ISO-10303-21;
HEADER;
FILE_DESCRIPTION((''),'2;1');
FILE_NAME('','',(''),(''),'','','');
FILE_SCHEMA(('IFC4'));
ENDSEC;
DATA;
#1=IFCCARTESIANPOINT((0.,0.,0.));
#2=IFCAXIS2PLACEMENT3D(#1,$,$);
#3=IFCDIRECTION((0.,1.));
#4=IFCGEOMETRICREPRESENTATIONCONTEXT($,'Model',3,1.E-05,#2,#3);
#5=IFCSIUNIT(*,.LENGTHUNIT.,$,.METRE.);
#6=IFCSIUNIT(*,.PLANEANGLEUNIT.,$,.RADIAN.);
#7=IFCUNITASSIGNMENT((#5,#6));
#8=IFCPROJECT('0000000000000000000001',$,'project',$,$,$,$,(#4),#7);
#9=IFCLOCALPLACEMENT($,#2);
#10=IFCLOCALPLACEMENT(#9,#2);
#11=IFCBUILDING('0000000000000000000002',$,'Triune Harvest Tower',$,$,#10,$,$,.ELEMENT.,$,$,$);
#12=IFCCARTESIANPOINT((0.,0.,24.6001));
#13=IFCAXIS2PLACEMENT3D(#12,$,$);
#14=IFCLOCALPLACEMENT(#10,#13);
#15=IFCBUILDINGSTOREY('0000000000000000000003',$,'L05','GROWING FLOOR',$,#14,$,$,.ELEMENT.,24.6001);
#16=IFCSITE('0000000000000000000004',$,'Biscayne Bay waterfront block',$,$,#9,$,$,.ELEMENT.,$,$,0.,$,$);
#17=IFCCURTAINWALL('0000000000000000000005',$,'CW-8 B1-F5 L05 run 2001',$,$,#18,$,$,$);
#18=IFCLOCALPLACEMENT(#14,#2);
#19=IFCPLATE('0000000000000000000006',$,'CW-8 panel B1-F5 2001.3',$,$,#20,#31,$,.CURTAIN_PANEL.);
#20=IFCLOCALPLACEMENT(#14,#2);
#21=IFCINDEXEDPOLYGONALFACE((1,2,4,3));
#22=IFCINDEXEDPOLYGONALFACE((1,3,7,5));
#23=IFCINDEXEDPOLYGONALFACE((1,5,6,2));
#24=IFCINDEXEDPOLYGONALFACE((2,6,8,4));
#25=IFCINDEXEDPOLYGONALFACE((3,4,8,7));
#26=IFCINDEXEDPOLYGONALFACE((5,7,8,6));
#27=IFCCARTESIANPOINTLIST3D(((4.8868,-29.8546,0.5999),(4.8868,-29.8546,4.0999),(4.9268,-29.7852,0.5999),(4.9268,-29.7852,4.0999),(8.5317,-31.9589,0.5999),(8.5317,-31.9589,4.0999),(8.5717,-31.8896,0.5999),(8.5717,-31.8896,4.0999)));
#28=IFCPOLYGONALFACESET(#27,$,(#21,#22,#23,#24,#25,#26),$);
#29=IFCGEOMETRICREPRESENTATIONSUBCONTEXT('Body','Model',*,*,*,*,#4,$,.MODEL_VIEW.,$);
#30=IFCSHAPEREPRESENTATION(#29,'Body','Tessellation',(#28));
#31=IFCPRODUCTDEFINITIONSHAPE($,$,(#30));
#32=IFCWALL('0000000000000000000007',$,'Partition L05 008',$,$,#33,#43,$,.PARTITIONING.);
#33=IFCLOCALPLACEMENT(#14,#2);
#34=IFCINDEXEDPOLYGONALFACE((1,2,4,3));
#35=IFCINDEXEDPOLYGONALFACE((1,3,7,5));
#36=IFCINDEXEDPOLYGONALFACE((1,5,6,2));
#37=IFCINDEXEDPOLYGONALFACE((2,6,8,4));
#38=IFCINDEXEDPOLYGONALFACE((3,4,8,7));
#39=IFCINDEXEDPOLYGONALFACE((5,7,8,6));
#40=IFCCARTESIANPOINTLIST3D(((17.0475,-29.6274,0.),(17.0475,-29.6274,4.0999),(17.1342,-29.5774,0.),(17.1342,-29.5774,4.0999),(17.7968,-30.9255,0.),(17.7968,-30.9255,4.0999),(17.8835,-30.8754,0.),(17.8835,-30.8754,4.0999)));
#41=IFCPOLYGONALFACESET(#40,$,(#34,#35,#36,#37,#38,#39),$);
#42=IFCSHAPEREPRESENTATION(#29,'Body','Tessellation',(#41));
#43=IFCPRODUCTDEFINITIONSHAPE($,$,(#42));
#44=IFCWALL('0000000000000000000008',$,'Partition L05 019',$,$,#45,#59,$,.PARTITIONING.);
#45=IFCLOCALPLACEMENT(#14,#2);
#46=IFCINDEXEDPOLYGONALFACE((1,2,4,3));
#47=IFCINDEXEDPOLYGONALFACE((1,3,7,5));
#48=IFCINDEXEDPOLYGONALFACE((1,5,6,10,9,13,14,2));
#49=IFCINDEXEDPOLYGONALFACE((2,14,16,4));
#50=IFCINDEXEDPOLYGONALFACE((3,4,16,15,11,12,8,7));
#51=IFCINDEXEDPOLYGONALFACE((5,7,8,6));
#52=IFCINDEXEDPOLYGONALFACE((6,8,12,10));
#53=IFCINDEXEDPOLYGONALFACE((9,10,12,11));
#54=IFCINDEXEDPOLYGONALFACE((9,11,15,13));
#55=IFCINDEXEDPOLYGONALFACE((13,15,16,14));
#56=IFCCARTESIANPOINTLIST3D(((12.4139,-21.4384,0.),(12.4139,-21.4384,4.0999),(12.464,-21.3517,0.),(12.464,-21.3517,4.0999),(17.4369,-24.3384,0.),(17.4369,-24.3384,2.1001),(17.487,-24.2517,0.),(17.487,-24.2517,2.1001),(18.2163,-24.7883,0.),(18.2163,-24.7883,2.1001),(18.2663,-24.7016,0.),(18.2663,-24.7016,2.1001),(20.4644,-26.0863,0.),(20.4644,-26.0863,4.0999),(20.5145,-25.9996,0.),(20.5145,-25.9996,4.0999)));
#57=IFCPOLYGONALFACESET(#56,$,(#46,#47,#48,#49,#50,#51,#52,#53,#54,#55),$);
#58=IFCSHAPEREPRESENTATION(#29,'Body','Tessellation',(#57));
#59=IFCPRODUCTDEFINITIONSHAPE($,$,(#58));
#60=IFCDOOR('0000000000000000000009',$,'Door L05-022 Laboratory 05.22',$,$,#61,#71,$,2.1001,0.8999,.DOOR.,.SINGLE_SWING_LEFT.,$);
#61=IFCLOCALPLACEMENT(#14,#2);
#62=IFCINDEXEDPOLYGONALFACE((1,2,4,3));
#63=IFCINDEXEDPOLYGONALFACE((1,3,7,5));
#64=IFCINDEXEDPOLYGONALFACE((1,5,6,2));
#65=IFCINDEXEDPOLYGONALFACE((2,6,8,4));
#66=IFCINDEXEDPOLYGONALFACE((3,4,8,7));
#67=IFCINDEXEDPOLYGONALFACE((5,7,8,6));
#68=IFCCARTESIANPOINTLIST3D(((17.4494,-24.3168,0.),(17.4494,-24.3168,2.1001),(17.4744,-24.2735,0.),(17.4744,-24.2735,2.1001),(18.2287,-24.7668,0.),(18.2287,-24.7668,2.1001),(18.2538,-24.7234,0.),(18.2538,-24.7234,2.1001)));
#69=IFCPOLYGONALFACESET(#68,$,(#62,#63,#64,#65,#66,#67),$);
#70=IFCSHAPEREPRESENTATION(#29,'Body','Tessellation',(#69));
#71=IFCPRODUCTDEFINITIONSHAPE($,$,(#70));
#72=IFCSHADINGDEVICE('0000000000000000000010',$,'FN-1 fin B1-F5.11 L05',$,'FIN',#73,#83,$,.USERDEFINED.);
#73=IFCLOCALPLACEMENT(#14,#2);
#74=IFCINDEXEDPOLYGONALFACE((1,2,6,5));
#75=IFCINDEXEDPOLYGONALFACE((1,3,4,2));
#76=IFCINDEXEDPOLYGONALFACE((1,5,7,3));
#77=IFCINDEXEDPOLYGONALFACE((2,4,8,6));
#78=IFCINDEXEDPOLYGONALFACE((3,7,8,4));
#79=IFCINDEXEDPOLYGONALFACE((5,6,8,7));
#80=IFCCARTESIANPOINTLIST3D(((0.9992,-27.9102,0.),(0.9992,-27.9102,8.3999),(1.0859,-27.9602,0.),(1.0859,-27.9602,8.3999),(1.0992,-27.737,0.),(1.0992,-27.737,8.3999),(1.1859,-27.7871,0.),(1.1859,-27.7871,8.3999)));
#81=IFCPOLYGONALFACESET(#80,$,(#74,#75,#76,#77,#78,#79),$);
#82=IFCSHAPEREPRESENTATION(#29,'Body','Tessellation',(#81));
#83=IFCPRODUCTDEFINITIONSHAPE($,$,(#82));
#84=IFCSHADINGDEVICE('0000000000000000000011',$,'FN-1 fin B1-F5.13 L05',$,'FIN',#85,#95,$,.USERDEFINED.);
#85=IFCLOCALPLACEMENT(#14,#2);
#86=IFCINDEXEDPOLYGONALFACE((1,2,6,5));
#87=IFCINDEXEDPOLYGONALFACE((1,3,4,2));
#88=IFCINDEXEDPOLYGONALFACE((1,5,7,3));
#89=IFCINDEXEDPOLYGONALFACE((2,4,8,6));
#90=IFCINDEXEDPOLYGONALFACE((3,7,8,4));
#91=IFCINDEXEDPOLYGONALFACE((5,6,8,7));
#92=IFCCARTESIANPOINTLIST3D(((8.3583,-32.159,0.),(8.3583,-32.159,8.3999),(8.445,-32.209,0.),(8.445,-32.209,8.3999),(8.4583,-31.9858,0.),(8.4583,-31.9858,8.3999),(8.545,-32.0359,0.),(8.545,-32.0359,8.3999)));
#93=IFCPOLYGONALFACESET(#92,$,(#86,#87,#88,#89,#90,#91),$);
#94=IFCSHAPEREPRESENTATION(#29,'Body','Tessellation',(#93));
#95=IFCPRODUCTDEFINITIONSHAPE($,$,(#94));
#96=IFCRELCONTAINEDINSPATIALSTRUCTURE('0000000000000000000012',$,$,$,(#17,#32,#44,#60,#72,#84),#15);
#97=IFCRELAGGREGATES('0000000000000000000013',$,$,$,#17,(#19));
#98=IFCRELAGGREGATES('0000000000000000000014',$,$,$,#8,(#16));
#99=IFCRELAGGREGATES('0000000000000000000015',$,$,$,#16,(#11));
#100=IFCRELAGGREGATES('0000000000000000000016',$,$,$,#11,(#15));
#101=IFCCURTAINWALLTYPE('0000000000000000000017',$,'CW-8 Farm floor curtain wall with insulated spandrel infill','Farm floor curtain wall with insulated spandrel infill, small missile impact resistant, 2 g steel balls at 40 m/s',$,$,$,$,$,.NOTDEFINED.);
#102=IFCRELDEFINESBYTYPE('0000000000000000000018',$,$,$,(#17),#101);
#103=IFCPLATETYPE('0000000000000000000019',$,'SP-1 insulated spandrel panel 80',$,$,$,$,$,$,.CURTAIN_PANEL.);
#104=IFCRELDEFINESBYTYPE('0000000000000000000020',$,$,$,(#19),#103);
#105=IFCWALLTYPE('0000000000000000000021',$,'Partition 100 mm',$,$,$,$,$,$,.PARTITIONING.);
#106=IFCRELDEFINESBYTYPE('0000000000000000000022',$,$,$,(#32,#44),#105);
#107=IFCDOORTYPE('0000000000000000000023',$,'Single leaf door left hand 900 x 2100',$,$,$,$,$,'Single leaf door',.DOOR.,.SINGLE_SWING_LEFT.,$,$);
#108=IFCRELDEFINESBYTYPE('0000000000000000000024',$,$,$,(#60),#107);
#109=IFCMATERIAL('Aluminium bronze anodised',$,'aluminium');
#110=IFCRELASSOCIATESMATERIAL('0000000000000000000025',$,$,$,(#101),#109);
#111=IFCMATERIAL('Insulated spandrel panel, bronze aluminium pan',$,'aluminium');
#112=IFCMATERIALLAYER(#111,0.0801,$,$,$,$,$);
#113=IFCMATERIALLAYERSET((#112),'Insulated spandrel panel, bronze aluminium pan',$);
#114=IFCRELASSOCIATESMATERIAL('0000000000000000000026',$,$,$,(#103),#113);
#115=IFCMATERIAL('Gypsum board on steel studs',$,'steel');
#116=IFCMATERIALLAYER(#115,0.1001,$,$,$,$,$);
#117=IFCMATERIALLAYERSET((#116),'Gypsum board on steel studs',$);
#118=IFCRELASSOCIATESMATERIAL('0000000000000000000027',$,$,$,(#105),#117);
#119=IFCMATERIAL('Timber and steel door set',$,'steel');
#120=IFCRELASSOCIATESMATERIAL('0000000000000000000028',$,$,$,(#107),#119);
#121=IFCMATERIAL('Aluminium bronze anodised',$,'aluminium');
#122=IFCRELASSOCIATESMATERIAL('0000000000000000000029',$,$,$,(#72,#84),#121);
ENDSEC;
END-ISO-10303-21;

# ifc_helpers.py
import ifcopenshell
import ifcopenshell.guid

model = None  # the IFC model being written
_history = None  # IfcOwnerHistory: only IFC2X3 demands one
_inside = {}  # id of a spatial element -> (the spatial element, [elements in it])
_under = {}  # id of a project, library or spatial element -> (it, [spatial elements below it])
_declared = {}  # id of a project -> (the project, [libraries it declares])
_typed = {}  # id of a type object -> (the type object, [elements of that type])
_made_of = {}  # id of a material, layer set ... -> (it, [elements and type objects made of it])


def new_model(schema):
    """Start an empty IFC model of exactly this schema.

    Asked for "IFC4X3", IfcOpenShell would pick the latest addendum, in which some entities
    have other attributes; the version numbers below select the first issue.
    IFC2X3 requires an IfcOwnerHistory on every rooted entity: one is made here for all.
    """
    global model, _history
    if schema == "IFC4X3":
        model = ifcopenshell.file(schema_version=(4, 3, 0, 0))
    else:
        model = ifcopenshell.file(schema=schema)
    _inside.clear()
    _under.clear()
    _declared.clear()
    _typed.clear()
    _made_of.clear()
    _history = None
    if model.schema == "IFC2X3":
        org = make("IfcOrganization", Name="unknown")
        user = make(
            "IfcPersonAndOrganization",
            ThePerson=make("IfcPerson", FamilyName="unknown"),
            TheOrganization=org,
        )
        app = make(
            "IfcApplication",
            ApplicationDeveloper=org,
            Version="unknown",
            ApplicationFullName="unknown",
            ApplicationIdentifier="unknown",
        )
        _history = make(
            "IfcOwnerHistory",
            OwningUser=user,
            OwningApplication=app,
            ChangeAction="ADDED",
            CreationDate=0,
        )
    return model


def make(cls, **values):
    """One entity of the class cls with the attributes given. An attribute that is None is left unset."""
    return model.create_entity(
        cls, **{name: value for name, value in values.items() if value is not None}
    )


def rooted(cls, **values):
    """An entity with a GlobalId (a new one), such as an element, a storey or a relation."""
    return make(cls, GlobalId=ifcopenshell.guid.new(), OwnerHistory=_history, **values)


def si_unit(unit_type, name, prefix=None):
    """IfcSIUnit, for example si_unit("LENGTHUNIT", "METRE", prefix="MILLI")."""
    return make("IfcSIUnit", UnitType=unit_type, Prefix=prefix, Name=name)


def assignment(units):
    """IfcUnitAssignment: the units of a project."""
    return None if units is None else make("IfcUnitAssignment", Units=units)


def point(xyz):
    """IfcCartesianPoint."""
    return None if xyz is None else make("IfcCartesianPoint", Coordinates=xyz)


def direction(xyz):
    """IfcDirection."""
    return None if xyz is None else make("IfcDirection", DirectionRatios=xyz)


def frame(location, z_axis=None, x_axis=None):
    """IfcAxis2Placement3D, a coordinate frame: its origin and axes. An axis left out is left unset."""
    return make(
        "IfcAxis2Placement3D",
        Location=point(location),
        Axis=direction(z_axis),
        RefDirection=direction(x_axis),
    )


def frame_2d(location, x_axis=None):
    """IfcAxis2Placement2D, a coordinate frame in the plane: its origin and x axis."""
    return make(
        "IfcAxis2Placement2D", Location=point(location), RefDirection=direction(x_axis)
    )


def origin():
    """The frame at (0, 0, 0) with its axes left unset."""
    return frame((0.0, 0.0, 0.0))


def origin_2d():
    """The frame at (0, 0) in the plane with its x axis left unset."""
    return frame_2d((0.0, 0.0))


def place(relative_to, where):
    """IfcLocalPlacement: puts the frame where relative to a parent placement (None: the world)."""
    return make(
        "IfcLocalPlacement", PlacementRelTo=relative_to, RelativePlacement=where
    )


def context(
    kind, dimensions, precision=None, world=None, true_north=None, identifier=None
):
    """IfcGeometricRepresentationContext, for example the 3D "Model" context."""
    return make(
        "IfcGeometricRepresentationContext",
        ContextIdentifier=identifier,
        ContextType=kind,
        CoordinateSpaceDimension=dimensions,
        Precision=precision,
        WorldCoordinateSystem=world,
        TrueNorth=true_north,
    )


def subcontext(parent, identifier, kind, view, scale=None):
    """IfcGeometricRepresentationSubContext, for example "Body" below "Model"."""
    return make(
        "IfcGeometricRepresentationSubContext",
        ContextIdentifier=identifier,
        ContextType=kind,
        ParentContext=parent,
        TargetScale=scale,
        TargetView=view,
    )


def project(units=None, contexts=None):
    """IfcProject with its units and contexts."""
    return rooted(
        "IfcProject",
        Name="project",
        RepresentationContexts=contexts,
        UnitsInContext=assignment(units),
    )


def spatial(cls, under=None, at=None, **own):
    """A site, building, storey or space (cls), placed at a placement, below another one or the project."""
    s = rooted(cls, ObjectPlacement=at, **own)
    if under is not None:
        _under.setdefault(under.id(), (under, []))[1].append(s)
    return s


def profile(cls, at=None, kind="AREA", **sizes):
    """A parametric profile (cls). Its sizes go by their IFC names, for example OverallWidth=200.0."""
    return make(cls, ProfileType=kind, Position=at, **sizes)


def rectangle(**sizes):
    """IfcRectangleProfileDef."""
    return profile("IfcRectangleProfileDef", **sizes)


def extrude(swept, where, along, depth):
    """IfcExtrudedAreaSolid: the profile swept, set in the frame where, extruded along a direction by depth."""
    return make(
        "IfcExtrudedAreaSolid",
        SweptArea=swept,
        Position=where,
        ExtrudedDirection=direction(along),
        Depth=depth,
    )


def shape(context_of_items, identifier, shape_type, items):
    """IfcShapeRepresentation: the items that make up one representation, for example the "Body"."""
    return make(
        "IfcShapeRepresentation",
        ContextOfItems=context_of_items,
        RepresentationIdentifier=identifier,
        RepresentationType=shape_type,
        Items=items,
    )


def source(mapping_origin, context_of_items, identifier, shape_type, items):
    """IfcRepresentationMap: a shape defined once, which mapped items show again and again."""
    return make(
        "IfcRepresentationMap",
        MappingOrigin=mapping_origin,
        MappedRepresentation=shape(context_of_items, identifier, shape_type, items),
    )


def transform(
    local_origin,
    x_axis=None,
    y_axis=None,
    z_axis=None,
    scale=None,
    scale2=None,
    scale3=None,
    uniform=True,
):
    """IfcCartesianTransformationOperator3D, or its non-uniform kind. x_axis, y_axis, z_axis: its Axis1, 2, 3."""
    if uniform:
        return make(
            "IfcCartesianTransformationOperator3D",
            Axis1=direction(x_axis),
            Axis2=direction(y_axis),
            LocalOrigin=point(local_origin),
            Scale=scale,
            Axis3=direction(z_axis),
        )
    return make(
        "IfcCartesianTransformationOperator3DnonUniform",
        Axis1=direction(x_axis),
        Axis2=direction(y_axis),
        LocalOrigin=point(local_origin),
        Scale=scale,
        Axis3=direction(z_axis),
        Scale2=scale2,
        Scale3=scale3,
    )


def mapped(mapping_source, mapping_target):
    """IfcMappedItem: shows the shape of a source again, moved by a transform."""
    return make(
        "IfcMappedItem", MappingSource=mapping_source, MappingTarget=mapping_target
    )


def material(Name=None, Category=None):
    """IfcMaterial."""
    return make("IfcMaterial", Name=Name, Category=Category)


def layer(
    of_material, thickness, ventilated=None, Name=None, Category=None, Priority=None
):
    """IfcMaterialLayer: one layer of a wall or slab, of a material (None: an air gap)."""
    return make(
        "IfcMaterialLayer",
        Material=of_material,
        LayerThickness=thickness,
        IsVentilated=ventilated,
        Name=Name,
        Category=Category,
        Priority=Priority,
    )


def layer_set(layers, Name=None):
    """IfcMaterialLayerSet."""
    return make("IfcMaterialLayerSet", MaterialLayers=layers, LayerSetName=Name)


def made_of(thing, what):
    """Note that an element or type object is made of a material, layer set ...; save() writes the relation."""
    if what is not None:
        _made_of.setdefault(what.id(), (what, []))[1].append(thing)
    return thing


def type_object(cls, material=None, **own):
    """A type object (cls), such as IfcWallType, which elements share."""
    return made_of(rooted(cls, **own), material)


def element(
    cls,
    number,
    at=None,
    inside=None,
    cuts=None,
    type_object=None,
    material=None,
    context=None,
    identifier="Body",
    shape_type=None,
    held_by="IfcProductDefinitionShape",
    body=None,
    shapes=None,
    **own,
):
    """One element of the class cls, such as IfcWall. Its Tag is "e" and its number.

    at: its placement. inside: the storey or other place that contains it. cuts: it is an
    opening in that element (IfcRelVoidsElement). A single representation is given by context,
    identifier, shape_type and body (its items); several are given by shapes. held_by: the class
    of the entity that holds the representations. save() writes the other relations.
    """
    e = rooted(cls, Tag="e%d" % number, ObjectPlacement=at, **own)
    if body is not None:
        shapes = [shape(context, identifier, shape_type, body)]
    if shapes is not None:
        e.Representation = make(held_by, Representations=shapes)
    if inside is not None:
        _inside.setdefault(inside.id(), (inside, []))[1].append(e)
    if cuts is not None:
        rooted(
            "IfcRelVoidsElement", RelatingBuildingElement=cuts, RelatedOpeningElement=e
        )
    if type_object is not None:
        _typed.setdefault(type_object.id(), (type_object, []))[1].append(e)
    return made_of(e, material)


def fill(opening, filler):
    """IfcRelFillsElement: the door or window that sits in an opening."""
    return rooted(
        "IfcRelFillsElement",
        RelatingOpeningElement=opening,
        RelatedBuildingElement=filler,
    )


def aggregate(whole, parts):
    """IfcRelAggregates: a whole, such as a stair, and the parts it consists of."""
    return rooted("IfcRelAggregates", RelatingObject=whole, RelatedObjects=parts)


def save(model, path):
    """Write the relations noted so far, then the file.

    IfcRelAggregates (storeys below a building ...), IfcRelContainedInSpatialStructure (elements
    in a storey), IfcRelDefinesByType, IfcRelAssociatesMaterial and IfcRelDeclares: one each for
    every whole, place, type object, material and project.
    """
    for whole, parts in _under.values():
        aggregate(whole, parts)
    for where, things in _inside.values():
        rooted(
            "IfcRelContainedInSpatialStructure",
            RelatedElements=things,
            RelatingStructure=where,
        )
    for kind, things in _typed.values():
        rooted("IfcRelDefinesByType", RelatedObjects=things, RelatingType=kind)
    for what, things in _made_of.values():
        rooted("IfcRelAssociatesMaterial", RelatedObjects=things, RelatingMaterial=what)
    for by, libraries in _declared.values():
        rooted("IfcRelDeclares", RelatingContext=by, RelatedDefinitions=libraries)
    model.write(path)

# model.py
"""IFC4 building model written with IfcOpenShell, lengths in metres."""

from ifc_helpers import new_model, si_unit, direction, frame, frame_2d, origin, origin_2d, place, context, subcontext, project, spatial, rectangle, extrude, source, transform, mapped, material, layer, layer_set, type_object, element, fill, aggregate, save


model = new_model("IFC4")

# Units and contexts
model_context = context("Model", 3, precision=1e-05, world=origin(), true_north=direction((0.0, 1.0)))
body_context = subcontext(model_context, "Body", "Model", "MODEL_VIEW")
ifc_project = project(units=[si_unit("LENGTHUNIT", "METRE"), si_unit("PLANEANGLEUNIT", "RADIAN")], contexts=[model_context])

# Site, building, storey
site_placement = place(None, origin())
site = spatial("IfcSite", under=ifc_project, at=site_placement, Name="Biscayne Bay waterfront block", CompositionType="ELEMENT", RefElevation=0.0)
building_placement = place(site_placement, origin())
building = spatial("IfcBuilding", under=site, at=building_placement, Name="Triune Harvest Tower", CompositionType="ELEMENT")
storey_placement = place(building_placement, frame((0.0, 0.0, 24.6001)))
storey = spatial("IfcBuildingStorey", under=building, at=storey_placement, Name="L05", Description="GROWING FLOOR", CompositionType="ELEMENT", Elevation=24.6001)

# Curtain wall
ifc_material_1 = material(Name="Aluminium bronze anodised", Category="aluminium")
curtain_wall_type_1 = type_object("IfcCurtainWallType", Name="CW-8 Farm floor curtain wall with insulated spandrel infill", Description="Farm floor curtain wall with insulated spandrel infill, small missile impact resistant, 2 g steel balls at 40 m/s", PredefinedType="NOTDEFINED", material=ifc_material_1)
curtain_wall_1_placement = place(storey_placement, origin())
curtain_wall_1 = element("IfcCurtainWall", 1, at=curtain_wall_1_placement, inside=storey, type_object=curtain_wall_type_1, Name="CW-8 B1-F5 L05 run 2001")

# Plate
ifc_material_2 = material(Name="Insulated spandrel panel, bronze aluminium pan", Category="aluminium")
ifc_layer_1 = layer(ifc_material_2, 0.0801)
ifc_layer_set_1 = layer_set([ifc_layer_1], Name="Insulated spandrel panel, bronze aluminium pan")
plate_type_1 = type_object("IfcPlateType", Name="SP-1 insulated spandrel panel 80", PredefinedType="CURTAIN_PANEL", material=ifc_layer_set_1)
shared_shape_1 = source(origin(), body_context, "Body", "SweptSolid", [
    extrude(rectangle(XDim=4.2087, YDim=0.0801, at=origin_2d()), origin(), (0.0, 0.0, 1.0), 3.5),
])
plate_1_placement = place(storey_placement, frame((6.7292, -30.8721, 0.5999), z_axis=(0.0, 0.0, 1.0), x_axis=(0.866025, -0.500001, 0.0)))
plate_1 = element("IfcPlate", 2, at=plate_1_placement, type_object=plate_type_1, Name="CW-8 panel B1-F5 2001.3", PredefinedType="CURTAIN_PANEL", context=body_context, shape_type="MappedRepresentation", body=[
    mapped(shared_shape_1, transform((0.0, 0.0, 0.0), scale=1.0)),
])
aggregate(curtain_wall_1, [plate_1])

# Wall
ifc_material_3 = material(Name="Gypsum board on steel studs", Category="steel")
ifc_layer_2 = layer(ifc_material_3, 0.1001)
ifc_layer_set_2 = layer_set([ifc_layer_2], Name="Gypsum board on steel studs")
wall_type = type_object("IfcWallType", Name="Partition 100 mm", PredefinedType="PARTITIONING", material=ifc_layer_set_2)
shared_shape_2 = source(origin(), body_context, "Body", "SweptSolid", [
    extrude(rectangle(XDim=1.4988, YDim=0.1001, at=frame_2d((0.7495, 0.0))), origin(), (0.0, 0.0, 1.0), 4.0999),
])
wall_1_placement = place(storey_placement, frame((17.0908, -29.6023, 0.0), z_axis=(0.0, 0.0, 1.0), x_axis=(0.499906, -0.86608, 0.0)))
element("IfcWall", 3, at=wall_1_placement, inside=storey, type_object=wall_type, Name="Partition L05 008", PredefinedType="PARTITIONING", context=body_context, shape_type="MappedRepresentation", body=[
    mapped(shared_shape_2, transform((0.0, 0.0, 0.0), scale=1.0)),
])

# Wall, opening, door
shared_shape_3 = source(origin(), body_context, "Body", "SweptSolid", [
    extrude(rectangle(XDim=9.2959, YDim=0.1001, at=frame_2d((4.6479, 0.0))), origin(), (0.0, 0.0, 1.0), 4.0999),
])
wall_2_placement = place(storey_placement, frame((12.439, -21.395, 0.0), z_axis=(0.0, 0.0, 1.0), x_axis=(0.866027, -0.499998, 0.0)))
wall_2 = element("IfcWall", 4, at=wall_2_placement, inside=storey, type_object=wall_type, Name="Partition L05 019", PredefinedType="PARTITIONING", context=body_context, shape_type="MappedRepresentation", body=[
    mapped(shared_shape_3, transform((0.0, 0.0, 0.0), scale=1.0)),
])
opening_placement = place(wall_2_placement, frame((5.8, 0.0, 0.0)))
opening = element("IfcOpeningElement", 5, at=opening_placement, cuts=wall_2, PredefinedType="OPENING", context=body_context, shape_type="SweptSolid", body=[
    extrude(rectangle(XDim=0.8999, YDim=2.1001, at=frame_2d((0.45, 1.05))), frame((0.0, 0.0601, 0.0), z_axis=(0.0, -1.0, 0.0), x_axis=(1.0, 0.0, 0.0)), (0.0, 0.0, 1.0), 0.1201),
])
ifc_material_4 = material(Name="Timber and steel door set", Category="steel")
door_type = type_object("IfcDoorType", Name="Single leaf door left hand 900 x 2100", ElementType="Single leaf door", OperationType="SINGLE_SWING_LEFT", PredefinedType="DOOR", material=ifc_material_4)
door_placement = place(opening_placement, origin())
door = element("IfcDoor", 6, at=door_placement, inside=storey, type_object=door_type, Name="Door L05-022 Laboratory 05.22", OperationType="SINGLE_SWING_LEFT", OverallHeight=2.1001, OverallWidth=0.8999, PredefinedType="DOOR", context=body_context, shape_type="SweptSolid", body=[
    extrude(rectangle(XDim=0.8999, YDim=2.1001, at=frame_2d((0.45, 1.05))), frame((0.0, 0.0249, 0.0), z_axis=(0.0, -1.0, 0.0), x_axis=(1.0, 0.0, 0.0)), (0.0, 0.0, 1.0), 0.05),
])
fill(opening, door)

# Shading devices
ifc_material_5 = material(Name="Aluminium bronze anodised", Category="aluminium")
shared_shape_4 = source(origin(), body_context, "Body", "SweptSolid", [
    extrude(rectangle(XDim=0.1001, YDim=0.2, at=origin_2d()), origin(), (0.0, 0.0, 1.0), 8.3999),
])
for number, where, z_axis, x_axis, name in (
    (7, (1.0925, -27.8486, 0.0), (0.0, 0.0, 1.0), (0.866025, -0.5, 0.0), "FN-1 fin B1-F5.11 L05"),
    (8, (8.4517, -32.0974, 0.0), (0.0, 0.0, 1.0), (0.866025, -0.5, 0.0), "FN-1 fin B1-F5.13 L05"),
):
    element("IfcShadingDevice", number, at=place(storey_placement, frame(where, z_axis=z_axis, x_axis=x_axis)), inside=storey, material=ifc_material_5, Name=name, ObjectType="FIN", PredefinedType="USERDEFINED", context=body_context, shape_type="MappedRepresentation", body=[
        mapped(shared_shape_4, transform((0.0, 0.0, 0.0), scale=1.0)),
    ])

save(model, "model.ifc")
